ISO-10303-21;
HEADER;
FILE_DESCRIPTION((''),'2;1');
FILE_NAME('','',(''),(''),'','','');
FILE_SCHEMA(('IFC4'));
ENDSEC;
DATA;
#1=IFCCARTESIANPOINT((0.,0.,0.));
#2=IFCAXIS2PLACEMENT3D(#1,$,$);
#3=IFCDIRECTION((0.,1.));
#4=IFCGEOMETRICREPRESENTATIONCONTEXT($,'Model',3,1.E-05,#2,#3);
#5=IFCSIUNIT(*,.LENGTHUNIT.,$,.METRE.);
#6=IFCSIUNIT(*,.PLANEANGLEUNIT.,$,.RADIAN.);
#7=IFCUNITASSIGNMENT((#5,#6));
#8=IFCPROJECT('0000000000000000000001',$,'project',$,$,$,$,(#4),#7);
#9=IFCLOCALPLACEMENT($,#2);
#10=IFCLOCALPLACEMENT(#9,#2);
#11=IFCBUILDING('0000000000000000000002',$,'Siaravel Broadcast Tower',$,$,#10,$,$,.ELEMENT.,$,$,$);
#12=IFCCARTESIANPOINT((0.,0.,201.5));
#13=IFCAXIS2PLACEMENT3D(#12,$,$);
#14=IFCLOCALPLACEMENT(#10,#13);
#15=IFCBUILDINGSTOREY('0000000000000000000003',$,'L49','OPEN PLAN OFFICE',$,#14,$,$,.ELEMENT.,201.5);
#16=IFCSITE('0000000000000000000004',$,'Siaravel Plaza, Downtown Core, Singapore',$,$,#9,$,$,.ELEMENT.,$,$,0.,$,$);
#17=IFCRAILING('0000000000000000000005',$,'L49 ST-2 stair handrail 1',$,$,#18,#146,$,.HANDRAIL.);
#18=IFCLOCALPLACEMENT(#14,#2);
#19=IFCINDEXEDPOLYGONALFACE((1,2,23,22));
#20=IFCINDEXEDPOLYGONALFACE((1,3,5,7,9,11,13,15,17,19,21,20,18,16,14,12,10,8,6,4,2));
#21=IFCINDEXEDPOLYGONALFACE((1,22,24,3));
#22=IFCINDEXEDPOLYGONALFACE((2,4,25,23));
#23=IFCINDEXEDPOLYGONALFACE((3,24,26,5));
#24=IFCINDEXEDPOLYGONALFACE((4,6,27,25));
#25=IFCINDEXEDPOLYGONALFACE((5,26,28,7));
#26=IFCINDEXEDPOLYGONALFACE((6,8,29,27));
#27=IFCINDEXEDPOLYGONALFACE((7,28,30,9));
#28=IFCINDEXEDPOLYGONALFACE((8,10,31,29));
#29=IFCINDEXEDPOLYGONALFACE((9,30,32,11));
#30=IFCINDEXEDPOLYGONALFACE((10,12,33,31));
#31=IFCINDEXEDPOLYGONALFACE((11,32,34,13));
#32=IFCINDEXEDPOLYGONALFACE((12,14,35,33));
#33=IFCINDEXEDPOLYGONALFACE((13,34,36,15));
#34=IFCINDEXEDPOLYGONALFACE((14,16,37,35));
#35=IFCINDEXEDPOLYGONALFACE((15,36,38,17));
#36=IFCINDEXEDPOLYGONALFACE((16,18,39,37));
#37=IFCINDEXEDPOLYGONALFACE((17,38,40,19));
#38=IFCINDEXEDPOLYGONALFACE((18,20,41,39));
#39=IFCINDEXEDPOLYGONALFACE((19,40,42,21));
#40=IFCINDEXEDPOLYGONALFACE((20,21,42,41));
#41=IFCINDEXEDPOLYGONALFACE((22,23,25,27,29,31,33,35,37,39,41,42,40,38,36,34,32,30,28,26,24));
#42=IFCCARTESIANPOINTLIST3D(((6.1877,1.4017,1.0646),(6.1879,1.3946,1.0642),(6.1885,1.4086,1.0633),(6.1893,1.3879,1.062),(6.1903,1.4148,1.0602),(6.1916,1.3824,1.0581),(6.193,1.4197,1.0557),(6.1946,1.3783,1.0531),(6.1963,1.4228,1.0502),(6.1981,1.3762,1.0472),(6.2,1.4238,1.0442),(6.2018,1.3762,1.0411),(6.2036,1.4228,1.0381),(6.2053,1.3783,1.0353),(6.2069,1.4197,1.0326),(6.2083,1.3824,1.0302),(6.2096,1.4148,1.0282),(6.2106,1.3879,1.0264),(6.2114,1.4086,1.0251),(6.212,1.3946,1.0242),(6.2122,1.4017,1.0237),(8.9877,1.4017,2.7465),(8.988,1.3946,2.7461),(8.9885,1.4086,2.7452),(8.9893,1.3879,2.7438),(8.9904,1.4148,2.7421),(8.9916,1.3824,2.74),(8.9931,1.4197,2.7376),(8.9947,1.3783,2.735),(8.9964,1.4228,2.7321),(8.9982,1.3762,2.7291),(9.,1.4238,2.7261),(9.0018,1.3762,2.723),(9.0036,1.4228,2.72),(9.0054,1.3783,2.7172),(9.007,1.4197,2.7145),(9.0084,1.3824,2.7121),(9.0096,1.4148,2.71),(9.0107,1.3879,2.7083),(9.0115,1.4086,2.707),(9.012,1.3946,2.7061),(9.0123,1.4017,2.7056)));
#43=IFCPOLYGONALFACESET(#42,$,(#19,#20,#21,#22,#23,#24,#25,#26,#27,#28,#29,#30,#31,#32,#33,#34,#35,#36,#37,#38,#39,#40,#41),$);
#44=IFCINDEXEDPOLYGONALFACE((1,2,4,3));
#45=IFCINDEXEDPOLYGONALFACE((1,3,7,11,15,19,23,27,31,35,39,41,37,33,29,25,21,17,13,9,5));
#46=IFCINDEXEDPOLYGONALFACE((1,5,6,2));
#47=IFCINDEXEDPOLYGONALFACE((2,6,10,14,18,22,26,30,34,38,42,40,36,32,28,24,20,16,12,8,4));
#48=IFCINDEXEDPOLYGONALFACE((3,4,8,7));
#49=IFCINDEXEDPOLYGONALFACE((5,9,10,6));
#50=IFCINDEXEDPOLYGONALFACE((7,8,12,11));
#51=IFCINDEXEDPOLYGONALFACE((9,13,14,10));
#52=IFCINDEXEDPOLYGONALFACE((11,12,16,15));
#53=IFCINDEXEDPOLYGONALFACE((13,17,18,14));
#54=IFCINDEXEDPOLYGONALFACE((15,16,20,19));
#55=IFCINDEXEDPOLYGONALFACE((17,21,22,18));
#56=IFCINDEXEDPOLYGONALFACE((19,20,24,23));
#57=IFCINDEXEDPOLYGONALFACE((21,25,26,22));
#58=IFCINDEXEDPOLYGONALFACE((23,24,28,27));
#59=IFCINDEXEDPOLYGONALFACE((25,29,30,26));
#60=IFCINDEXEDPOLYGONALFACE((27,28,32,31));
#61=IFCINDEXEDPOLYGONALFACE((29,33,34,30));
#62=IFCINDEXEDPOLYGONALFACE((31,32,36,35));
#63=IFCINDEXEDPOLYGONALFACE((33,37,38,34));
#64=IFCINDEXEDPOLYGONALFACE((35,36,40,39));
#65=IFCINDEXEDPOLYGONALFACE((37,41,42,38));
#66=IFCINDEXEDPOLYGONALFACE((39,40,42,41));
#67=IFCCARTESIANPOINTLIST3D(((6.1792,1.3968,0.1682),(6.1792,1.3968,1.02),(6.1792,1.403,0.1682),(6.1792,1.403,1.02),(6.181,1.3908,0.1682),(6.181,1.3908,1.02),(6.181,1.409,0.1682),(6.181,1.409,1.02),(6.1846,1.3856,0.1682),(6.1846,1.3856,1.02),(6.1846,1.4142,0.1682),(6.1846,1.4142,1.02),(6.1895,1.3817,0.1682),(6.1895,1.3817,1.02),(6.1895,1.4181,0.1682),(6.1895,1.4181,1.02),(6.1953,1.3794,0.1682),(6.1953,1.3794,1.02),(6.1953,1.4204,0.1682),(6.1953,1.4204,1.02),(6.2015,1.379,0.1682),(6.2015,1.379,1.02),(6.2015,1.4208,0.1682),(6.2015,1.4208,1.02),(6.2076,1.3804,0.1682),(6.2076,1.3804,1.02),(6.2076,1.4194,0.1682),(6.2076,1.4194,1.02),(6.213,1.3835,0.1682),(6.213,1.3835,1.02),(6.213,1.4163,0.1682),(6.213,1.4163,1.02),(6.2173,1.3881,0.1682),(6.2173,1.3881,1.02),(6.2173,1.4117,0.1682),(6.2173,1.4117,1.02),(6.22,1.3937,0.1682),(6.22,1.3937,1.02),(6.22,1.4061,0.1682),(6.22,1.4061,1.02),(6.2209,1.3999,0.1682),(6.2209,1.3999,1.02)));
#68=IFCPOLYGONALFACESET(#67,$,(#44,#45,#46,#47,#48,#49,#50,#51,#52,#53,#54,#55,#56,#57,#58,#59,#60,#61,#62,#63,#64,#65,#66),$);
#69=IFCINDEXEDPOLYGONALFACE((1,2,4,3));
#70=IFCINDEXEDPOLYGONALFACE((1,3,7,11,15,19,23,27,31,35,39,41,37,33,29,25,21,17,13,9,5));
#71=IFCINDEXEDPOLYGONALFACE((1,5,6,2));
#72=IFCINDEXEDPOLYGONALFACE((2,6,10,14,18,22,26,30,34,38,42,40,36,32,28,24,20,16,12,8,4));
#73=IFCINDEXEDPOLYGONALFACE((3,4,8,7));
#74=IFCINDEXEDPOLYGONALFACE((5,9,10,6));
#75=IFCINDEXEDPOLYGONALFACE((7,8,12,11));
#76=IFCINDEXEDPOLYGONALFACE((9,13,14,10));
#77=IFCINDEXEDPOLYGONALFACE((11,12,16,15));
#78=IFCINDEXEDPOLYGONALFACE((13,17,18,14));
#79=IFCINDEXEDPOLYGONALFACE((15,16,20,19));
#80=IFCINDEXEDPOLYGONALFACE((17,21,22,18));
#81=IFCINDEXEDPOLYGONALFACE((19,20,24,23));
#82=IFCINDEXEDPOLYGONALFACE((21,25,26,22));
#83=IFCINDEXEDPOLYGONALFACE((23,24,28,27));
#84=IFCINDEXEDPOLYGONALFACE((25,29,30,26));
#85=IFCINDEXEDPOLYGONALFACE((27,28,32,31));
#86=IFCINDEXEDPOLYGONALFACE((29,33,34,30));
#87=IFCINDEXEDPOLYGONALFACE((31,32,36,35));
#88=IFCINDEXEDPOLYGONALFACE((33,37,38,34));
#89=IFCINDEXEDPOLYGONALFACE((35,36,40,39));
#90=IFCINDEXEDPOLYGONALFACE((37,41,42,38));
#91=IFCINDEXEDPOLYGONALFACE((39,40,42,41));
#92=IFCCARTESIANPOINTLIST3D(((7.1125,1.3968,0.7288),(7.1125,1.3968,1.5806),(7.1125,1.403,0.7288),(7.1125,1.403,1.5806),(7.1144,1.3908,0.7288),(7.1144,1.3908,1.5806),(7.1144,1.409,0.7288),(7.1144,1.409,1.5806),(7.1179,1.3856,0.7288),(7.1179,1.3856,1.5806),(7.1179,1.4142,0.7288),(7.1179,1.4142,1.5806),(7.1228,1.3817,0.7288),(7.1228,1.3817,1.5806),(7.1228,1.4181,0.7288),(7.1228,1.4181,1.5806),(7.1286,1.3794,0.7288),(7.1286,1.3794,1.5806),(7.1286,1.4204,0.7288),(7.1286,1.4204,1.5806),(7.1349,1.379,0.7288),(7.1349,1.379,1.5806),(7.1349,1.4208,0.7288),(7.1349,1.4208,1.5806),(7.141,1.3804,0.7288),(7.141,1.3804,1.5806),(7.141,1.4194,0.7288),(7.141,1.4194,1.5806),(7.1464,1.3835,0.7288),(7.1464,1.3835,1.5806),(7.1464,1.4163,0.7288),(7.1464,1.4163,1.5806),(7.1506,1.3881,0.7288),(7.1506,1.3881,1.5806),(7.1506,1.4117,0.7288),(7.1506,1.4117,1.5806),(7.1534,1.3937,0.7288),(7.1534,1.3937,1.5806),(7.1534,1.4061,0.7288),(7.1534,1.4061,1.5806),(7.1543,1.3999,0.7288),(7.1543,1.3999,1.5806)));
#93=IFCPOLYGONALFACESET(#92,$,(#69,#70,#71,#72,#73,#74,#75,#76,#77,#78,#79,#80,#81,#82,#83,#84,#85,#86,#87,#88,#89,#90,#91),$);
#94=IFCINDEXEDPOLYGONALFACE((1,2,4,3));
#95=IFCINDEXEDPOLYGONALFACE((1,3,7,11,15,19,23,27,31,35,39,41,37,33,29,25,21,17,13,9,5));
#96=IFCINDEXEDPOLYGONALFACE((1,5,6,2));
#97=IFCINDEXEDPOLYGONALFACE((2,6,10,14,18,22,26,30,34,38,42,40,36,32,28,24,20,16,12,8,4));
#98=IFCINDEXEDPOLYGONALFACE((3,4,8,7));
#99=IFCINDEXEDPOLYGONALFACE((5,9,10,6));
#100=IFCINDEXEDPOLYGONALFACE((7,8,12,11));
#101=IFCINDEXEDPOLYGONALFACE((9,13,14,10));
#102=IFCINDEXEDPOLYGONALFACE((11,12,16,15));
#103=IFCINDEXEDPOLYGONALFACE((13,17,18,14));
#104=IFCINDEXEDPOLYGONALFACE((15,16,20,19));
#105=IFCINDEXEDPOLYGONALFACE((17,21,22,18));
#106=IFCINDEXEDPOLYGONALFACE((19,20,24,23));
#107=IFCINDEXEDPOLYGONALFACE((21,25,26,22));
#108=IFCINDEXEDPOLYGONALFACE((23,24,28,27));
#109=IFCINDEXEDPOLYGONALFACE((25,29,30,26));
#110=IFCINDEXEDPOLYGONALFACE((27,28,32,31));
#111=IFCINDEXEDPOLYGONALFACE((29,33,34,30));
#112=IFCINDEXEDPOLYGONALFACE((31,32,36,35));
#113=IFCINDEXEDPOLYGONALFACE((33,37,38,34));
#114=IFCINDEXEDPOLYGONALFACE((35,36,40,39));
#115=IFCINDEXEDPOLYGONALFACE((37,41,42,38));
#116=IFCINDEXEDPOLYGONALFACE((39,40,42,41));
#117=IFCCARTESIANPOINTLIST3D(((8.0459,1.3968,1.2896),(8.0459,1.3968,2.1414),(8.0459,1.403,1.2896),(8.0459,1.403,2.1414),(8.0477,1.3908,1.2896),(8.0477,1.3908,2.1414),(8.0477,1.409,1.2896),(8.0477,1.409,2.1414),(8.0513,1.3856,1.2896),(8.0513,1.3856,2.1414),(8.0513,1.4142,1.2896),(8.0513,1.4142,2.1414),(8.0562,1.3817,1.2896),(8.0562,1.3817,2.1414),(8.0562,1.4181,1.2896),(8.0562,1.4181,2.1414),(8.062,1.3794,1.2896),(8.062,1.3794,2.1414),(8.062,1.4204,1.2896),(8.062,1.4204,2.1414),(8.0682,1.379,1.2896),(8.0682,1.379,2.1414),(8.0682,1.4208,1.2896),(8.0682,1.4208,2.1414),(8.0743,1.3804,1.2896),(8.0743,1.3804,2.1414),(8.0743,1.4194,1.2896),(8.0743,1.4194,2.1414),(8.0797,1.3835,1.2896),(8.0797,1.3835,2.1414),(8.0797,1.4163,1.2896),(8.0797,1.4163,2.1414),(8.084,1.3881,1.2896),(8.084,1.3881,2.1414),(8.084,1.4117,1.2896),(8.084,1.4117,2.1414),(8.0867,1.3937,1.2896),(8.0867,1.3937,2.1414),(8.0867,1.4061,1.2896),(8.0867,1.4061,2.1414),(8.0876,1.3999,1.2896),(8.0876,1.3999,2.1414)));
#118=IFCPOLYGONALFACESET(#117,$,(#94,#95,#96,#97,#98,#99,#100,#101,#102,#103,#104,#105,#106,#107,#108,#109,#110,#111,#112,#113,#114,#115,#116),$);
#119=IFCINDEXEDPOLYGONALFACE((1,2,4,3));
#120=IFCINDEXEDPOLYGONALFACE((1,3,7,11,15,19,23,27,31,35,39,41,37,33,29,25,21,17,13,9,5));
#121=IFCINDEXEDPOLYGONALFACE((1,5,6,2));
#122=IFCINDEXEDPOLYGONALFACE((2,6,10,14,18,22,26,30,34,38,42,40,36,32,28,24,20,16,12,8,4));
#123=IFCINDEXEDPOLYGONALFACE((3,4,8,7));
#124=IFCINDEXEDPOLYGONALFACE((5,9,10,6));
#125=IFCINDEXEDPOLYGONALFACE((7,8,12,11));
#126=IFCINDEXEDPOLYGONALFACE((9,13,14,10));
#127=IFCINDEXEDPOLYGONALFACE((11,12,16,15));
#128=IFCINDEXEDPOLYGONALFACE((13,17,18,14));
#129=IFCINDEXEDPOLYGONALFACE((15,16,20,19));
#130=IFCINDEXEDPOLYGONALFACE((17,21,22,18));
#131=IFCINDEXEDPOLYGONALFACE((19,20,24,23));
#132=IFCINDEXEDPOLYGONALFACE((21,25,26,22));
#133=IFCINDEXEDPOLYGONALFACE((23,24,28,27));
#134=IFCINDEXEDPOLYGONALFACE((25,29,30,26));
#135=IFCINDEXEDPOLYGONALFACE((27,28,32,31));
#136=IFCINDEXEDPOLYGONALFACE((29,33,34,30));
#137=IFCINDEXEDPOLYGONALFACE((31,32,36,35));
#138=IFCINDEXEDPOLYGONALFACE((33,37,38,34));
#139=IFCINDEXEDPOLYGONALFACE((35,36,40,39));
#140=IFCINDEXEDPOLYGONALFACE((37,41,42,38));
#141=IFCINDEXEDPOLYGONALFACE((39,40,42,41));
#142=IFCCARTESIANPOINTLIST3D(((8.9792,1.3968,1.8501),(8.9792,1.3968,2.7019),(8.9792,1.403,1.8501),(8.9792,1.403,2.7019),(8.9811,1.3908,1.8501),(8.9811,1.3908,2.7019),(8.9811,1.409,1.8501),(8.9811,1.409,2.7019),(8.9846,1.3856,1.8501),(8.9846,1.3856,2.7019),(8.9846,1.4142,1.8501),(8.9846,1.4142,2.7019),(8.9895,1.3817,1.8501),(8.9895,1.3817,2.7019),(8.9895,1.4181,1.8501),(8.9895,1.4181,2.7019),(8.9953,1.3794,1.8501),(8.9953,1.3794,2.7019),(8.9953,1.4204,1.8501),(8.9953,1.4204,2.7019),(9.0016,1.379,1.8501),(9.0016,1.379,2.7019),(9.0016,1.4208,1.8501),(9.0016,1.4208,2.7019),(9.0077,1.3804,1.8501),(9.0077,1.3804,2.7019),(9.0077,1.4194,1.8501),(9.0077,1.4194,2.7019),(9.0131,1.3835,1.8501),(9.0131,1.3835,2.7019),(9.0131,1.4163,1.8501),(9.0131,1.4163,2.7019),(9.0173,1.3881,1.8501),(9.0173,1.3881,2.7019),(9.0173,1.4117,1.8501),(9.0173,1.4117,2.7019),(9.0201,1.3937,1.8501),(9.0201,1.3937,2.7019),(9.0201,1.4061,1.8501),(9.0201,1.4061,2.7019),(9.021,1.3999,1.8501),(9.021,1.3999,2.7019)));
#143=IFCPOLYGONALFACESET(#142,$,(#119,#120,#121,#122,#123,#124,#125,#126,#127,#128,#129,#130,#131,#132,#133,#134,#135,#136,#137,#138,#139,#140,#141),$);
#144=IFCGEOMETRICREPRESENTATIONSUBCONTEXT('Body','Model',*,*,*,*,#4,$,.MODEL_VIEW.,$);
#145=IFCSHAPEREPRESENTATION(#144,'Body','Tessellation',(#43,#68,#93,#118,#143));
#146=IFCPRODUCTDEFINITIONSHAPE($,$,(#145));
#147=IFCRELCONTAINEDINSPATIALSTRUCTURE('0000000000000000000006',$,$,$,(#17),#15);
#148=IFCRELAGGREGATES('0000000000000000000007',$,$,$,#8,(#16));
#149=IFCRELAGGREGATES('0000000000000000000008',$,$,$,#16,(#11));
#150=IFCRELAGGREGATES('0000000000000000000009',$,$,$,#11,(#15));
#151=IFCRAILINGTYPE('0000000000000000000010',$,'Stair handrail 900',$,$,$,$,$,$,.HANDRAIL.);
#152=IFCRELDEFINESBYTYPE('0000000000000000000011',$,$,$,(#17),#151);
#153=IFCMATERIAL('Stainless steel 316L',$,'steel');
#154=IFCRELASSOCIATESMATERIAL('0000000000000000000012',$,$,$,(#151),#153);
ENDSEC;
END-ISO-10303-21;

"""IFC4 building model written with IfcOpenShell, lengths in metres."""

from ifc_helpers import new_model, si_unit, direction, frame, origin, origin_2d, place, context, subcontext, project, spatial, circle, extrude, material, type_object, element, save


model = new_model("IFC4")

# Units and contexts
model_context = context("Model", 3, precision=1e-05, world=origin(), true_north=direction((0.0, 1.0)))
body_context = subcontext(model_context, "Body", "Model", "MODEL_VIEW")
ifc_project = project(units=[si_unit("LENGTHUNIT", "METRE"), si_unit("PLANEANGLEUNIT", "RADIAN")], contexts=[model_context])

# Site, building, storey
site_placement = place(None, origin())
site = spatial("IfcSite", under=ifc_project, at=site_placement, Name="Siaravel Plaza, Downtown Core, Singapore", CompositionType="ELEMENT", RefElevation=0.0)
building_placement = place(site_placement, origin())
building = spatial("IfcBuilding", under=site, at=building_placement, Name="Siaravel Broadcast Tower", CompositionType="ELEMENT")
storey_placement = place(building_placement, frame((0.0, 0.0, 201.5)))
storey = spatial("IfcBuildingStorey", under=building, at=storey_placement, Name="L49", Description="OPEN PLAN OFFICE", CompositionType="ELEMENT", Elevation=201.5)

# Railing
ifc_material_1 = material(Name="Stainless steel 316L", Category="steel")
railing_type_1 = type_object("IfcRailingType", Name="Stair handrail 900", PredefinedType="HANDRAIL", material=ifc_material_1)
railing_1_placement = place(storey_placement, frame((6.2, 1.3999, 0.1682)))
element("IfcRailing", 1, at=railing_1_placement, inside=storey, type_object=railing_type_1, Name="L49 ST-2 stair handrail 1", PredefinedType="HANDRAIL", context=body_context, shape_type="SweptSolid", body=[
    extrude(circle(Radius=0.0239, at=origin_2d()), frame((0.0, 0.0, 0.876), z_axis=(0.857242, 0.0, 0.514913), x_axis=(0.0, 1.0, 0.0)), (0.0, 0.0, 1.0), 3.2664),
    extrude(circle(Radius=0.021, at=origin_2d()), origin(), (0.0, 0.0, 1.0), 0.8518),
    extrude(circle(Radius=0.021, at=origin_2d()), frame((0.9333, 0.0, 0.5605)), (0.0, 0.0, 1.0), 0.8518),
    extrude(circle(Radius=0.021, at=origin_2d()), frame((1.8667, 0.0, 1.1213)), (0.0, 0.0, 1.0), 0.8518),
    extrude(circle(Radius=0.021, at=origin_2d()), frame((2.8, 0.0, 1.6819)), (0.0, 0.0, 1.0), 0.8518),
])

save(model, "model.ifc")
